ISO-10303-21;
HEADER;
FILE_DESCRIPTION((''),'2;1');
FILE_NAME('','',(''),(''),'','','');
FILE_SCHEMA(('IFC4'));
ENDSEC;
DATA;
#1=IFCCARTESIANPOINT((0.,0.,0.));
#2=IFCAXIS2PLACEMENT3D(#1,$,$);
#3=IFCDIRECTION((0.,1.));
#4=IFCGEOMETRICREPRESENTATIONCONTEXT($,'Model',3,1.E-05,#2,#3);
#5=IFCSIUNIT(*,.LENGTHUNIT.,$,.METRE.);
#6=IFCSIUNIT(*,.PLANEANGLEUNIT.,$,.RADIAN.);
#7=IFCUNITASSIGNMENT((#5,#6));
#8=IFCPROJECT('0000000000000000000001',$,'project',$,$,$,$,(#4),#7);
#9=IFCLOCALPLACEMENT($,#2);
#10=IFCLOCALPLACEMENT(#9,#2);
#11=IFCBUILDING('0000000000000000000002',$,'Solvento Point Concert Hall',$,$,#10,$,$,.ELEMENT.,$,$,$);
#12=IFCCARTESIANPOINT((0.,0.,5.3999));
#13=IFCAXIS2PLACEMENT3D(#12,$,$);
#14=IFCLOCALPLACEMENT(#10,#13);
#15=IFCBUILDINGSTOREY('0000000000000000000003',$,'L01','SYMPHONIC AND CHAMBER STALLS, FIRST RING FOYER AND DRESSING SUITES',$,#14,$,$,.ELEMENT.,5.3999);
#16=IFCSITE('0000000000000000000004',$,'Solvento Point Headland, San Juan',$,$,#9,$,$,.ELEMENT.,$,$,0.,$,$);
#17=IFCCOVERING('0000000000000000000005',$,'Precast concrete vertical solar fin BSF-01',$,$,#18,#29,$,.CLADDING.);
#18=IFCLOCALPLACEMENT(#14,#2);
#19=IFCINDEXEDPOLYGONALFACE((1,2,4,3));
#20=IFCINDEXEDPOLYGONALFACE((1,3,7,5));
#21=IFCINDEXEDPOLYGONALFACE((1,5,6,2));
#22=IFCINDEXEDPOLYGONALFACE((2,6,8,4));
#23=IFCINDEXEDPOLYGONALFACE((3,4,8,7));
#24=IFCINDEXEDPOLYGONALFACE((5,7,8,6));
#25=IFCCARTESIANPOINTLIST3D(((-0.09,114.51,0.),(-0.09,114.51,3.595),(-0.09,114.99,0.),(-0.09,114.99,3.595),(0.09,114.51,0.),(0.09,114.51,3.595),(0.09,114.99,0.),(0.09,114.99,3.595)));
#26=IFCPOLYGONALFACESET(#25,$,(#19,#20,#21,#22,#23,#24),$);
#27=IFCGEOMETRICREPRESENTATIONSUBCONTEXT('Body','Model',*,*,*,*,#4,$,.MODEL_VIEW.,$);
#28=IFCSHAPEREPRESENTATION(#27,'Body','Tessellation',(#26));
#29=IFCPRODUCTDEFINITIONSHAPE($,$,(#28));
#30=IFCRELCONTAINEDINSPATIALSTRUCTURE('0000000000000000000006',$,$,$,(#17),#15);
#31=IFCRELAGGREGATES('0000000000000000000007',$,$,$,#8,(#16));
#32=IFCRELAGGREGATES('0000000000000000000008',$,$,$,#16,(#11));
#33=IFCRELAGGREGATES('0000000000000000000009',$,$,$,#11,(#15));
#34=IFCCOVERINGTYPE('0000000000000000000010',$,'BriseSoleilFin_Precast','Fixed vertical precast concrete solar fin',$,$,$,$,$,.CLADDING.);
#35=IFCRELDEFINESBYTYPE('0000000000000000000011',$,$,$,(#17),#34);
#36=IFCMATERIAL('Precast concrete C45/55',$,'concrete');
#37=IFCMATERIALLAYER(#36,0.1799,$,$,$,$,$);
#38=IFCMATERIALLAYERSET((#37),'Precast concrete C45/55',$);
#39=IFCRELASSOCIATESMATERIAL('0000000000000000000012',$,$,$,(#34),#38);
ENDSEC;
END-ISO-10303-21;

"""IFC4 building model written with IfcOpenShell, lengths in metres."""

from ifc_helpers import new_model, si_unit, direction, frame, origin, origin_2d, place, context, subcontext, project, spatial, rectangle, extrude, material, layer, layer_set, type_object, element, save


model = new_model("IFC4")

# Units and contexts
model_context = context("Model", 3, precision=1e-05, world=origin(), true_north=direction((0.0, 1.0)))
body_context = subcontext(model_context, "Body", "Model", "MODEL_VIEW")
ifc_project = project(units=[si_unit("LENGTHUNIT", "METRE"), si_unit("PLANEANGLEUNIT", "RADIAN")], contexts=[model_context])

# Site, building, storey
site_placement = place(None, origin())
site = spatial("IfcSite", under=ifc_project, at=site_placement, Name="Solvento Point Headland, San Juan", CompositionType="ELEMENT", RefElevation=0.0)
building_placement = place(site_placement, origin())
building = spatial("IfcBuilding", under=site, at=building_placement, Name="Solvento Point Concert Hall", CompositionType="ELEMENT")
storey_placement = place(building_placement, frame((0.0, 0.0, 5.3999)))
storey = spatial("IfcBuildingStorey", under=building, at=storey_placement, Name="L01", Description="SYMPHONIC AND CHAMBER STALLS, FIRST RING FOYER AND DRESSING SUITES", CompositionType="ELEMENT", Elevation=5.3999)

# Covering
ifc_material_1 = material(Name="Precast concrete C45/55", Category="concrete")
ifc_layer_1 = layer(ifc_material_1, 0.1799)
ifc_layer_set_1 = layer_set([ifc_layer_1], Name="Precast concrete C45/55")
covering_type = type_object("IfcCoveringType", Name="BriseSoleilFin_Precast", Description="Fixed vertical precast concrete solar fin", PredefinedType="CLADDING", material=ifc_layer_set_1)
covering_placement = place(storey_placement, frame((0.0, 114.75, 0.0), z_axis=(0.0, 0.0, 1.0), x_axis=(1.0, 0.0, 0.0)))
element("IfcCovering", 1, at=covering_placement, inside=storey, type_object=covering_type, Name="Precast concrete vertical solar fin BSF-01", PredefinedType="CLADDING", context=body_context, shape_type="SweptSolid", body=[
    extrude(rectangle(XDim=0.1799, YDim=0.48, at=origin_2d()), origin(), (0.0, 0.0, 1.0), 3.595),
])

save(model, "model.ifc")
